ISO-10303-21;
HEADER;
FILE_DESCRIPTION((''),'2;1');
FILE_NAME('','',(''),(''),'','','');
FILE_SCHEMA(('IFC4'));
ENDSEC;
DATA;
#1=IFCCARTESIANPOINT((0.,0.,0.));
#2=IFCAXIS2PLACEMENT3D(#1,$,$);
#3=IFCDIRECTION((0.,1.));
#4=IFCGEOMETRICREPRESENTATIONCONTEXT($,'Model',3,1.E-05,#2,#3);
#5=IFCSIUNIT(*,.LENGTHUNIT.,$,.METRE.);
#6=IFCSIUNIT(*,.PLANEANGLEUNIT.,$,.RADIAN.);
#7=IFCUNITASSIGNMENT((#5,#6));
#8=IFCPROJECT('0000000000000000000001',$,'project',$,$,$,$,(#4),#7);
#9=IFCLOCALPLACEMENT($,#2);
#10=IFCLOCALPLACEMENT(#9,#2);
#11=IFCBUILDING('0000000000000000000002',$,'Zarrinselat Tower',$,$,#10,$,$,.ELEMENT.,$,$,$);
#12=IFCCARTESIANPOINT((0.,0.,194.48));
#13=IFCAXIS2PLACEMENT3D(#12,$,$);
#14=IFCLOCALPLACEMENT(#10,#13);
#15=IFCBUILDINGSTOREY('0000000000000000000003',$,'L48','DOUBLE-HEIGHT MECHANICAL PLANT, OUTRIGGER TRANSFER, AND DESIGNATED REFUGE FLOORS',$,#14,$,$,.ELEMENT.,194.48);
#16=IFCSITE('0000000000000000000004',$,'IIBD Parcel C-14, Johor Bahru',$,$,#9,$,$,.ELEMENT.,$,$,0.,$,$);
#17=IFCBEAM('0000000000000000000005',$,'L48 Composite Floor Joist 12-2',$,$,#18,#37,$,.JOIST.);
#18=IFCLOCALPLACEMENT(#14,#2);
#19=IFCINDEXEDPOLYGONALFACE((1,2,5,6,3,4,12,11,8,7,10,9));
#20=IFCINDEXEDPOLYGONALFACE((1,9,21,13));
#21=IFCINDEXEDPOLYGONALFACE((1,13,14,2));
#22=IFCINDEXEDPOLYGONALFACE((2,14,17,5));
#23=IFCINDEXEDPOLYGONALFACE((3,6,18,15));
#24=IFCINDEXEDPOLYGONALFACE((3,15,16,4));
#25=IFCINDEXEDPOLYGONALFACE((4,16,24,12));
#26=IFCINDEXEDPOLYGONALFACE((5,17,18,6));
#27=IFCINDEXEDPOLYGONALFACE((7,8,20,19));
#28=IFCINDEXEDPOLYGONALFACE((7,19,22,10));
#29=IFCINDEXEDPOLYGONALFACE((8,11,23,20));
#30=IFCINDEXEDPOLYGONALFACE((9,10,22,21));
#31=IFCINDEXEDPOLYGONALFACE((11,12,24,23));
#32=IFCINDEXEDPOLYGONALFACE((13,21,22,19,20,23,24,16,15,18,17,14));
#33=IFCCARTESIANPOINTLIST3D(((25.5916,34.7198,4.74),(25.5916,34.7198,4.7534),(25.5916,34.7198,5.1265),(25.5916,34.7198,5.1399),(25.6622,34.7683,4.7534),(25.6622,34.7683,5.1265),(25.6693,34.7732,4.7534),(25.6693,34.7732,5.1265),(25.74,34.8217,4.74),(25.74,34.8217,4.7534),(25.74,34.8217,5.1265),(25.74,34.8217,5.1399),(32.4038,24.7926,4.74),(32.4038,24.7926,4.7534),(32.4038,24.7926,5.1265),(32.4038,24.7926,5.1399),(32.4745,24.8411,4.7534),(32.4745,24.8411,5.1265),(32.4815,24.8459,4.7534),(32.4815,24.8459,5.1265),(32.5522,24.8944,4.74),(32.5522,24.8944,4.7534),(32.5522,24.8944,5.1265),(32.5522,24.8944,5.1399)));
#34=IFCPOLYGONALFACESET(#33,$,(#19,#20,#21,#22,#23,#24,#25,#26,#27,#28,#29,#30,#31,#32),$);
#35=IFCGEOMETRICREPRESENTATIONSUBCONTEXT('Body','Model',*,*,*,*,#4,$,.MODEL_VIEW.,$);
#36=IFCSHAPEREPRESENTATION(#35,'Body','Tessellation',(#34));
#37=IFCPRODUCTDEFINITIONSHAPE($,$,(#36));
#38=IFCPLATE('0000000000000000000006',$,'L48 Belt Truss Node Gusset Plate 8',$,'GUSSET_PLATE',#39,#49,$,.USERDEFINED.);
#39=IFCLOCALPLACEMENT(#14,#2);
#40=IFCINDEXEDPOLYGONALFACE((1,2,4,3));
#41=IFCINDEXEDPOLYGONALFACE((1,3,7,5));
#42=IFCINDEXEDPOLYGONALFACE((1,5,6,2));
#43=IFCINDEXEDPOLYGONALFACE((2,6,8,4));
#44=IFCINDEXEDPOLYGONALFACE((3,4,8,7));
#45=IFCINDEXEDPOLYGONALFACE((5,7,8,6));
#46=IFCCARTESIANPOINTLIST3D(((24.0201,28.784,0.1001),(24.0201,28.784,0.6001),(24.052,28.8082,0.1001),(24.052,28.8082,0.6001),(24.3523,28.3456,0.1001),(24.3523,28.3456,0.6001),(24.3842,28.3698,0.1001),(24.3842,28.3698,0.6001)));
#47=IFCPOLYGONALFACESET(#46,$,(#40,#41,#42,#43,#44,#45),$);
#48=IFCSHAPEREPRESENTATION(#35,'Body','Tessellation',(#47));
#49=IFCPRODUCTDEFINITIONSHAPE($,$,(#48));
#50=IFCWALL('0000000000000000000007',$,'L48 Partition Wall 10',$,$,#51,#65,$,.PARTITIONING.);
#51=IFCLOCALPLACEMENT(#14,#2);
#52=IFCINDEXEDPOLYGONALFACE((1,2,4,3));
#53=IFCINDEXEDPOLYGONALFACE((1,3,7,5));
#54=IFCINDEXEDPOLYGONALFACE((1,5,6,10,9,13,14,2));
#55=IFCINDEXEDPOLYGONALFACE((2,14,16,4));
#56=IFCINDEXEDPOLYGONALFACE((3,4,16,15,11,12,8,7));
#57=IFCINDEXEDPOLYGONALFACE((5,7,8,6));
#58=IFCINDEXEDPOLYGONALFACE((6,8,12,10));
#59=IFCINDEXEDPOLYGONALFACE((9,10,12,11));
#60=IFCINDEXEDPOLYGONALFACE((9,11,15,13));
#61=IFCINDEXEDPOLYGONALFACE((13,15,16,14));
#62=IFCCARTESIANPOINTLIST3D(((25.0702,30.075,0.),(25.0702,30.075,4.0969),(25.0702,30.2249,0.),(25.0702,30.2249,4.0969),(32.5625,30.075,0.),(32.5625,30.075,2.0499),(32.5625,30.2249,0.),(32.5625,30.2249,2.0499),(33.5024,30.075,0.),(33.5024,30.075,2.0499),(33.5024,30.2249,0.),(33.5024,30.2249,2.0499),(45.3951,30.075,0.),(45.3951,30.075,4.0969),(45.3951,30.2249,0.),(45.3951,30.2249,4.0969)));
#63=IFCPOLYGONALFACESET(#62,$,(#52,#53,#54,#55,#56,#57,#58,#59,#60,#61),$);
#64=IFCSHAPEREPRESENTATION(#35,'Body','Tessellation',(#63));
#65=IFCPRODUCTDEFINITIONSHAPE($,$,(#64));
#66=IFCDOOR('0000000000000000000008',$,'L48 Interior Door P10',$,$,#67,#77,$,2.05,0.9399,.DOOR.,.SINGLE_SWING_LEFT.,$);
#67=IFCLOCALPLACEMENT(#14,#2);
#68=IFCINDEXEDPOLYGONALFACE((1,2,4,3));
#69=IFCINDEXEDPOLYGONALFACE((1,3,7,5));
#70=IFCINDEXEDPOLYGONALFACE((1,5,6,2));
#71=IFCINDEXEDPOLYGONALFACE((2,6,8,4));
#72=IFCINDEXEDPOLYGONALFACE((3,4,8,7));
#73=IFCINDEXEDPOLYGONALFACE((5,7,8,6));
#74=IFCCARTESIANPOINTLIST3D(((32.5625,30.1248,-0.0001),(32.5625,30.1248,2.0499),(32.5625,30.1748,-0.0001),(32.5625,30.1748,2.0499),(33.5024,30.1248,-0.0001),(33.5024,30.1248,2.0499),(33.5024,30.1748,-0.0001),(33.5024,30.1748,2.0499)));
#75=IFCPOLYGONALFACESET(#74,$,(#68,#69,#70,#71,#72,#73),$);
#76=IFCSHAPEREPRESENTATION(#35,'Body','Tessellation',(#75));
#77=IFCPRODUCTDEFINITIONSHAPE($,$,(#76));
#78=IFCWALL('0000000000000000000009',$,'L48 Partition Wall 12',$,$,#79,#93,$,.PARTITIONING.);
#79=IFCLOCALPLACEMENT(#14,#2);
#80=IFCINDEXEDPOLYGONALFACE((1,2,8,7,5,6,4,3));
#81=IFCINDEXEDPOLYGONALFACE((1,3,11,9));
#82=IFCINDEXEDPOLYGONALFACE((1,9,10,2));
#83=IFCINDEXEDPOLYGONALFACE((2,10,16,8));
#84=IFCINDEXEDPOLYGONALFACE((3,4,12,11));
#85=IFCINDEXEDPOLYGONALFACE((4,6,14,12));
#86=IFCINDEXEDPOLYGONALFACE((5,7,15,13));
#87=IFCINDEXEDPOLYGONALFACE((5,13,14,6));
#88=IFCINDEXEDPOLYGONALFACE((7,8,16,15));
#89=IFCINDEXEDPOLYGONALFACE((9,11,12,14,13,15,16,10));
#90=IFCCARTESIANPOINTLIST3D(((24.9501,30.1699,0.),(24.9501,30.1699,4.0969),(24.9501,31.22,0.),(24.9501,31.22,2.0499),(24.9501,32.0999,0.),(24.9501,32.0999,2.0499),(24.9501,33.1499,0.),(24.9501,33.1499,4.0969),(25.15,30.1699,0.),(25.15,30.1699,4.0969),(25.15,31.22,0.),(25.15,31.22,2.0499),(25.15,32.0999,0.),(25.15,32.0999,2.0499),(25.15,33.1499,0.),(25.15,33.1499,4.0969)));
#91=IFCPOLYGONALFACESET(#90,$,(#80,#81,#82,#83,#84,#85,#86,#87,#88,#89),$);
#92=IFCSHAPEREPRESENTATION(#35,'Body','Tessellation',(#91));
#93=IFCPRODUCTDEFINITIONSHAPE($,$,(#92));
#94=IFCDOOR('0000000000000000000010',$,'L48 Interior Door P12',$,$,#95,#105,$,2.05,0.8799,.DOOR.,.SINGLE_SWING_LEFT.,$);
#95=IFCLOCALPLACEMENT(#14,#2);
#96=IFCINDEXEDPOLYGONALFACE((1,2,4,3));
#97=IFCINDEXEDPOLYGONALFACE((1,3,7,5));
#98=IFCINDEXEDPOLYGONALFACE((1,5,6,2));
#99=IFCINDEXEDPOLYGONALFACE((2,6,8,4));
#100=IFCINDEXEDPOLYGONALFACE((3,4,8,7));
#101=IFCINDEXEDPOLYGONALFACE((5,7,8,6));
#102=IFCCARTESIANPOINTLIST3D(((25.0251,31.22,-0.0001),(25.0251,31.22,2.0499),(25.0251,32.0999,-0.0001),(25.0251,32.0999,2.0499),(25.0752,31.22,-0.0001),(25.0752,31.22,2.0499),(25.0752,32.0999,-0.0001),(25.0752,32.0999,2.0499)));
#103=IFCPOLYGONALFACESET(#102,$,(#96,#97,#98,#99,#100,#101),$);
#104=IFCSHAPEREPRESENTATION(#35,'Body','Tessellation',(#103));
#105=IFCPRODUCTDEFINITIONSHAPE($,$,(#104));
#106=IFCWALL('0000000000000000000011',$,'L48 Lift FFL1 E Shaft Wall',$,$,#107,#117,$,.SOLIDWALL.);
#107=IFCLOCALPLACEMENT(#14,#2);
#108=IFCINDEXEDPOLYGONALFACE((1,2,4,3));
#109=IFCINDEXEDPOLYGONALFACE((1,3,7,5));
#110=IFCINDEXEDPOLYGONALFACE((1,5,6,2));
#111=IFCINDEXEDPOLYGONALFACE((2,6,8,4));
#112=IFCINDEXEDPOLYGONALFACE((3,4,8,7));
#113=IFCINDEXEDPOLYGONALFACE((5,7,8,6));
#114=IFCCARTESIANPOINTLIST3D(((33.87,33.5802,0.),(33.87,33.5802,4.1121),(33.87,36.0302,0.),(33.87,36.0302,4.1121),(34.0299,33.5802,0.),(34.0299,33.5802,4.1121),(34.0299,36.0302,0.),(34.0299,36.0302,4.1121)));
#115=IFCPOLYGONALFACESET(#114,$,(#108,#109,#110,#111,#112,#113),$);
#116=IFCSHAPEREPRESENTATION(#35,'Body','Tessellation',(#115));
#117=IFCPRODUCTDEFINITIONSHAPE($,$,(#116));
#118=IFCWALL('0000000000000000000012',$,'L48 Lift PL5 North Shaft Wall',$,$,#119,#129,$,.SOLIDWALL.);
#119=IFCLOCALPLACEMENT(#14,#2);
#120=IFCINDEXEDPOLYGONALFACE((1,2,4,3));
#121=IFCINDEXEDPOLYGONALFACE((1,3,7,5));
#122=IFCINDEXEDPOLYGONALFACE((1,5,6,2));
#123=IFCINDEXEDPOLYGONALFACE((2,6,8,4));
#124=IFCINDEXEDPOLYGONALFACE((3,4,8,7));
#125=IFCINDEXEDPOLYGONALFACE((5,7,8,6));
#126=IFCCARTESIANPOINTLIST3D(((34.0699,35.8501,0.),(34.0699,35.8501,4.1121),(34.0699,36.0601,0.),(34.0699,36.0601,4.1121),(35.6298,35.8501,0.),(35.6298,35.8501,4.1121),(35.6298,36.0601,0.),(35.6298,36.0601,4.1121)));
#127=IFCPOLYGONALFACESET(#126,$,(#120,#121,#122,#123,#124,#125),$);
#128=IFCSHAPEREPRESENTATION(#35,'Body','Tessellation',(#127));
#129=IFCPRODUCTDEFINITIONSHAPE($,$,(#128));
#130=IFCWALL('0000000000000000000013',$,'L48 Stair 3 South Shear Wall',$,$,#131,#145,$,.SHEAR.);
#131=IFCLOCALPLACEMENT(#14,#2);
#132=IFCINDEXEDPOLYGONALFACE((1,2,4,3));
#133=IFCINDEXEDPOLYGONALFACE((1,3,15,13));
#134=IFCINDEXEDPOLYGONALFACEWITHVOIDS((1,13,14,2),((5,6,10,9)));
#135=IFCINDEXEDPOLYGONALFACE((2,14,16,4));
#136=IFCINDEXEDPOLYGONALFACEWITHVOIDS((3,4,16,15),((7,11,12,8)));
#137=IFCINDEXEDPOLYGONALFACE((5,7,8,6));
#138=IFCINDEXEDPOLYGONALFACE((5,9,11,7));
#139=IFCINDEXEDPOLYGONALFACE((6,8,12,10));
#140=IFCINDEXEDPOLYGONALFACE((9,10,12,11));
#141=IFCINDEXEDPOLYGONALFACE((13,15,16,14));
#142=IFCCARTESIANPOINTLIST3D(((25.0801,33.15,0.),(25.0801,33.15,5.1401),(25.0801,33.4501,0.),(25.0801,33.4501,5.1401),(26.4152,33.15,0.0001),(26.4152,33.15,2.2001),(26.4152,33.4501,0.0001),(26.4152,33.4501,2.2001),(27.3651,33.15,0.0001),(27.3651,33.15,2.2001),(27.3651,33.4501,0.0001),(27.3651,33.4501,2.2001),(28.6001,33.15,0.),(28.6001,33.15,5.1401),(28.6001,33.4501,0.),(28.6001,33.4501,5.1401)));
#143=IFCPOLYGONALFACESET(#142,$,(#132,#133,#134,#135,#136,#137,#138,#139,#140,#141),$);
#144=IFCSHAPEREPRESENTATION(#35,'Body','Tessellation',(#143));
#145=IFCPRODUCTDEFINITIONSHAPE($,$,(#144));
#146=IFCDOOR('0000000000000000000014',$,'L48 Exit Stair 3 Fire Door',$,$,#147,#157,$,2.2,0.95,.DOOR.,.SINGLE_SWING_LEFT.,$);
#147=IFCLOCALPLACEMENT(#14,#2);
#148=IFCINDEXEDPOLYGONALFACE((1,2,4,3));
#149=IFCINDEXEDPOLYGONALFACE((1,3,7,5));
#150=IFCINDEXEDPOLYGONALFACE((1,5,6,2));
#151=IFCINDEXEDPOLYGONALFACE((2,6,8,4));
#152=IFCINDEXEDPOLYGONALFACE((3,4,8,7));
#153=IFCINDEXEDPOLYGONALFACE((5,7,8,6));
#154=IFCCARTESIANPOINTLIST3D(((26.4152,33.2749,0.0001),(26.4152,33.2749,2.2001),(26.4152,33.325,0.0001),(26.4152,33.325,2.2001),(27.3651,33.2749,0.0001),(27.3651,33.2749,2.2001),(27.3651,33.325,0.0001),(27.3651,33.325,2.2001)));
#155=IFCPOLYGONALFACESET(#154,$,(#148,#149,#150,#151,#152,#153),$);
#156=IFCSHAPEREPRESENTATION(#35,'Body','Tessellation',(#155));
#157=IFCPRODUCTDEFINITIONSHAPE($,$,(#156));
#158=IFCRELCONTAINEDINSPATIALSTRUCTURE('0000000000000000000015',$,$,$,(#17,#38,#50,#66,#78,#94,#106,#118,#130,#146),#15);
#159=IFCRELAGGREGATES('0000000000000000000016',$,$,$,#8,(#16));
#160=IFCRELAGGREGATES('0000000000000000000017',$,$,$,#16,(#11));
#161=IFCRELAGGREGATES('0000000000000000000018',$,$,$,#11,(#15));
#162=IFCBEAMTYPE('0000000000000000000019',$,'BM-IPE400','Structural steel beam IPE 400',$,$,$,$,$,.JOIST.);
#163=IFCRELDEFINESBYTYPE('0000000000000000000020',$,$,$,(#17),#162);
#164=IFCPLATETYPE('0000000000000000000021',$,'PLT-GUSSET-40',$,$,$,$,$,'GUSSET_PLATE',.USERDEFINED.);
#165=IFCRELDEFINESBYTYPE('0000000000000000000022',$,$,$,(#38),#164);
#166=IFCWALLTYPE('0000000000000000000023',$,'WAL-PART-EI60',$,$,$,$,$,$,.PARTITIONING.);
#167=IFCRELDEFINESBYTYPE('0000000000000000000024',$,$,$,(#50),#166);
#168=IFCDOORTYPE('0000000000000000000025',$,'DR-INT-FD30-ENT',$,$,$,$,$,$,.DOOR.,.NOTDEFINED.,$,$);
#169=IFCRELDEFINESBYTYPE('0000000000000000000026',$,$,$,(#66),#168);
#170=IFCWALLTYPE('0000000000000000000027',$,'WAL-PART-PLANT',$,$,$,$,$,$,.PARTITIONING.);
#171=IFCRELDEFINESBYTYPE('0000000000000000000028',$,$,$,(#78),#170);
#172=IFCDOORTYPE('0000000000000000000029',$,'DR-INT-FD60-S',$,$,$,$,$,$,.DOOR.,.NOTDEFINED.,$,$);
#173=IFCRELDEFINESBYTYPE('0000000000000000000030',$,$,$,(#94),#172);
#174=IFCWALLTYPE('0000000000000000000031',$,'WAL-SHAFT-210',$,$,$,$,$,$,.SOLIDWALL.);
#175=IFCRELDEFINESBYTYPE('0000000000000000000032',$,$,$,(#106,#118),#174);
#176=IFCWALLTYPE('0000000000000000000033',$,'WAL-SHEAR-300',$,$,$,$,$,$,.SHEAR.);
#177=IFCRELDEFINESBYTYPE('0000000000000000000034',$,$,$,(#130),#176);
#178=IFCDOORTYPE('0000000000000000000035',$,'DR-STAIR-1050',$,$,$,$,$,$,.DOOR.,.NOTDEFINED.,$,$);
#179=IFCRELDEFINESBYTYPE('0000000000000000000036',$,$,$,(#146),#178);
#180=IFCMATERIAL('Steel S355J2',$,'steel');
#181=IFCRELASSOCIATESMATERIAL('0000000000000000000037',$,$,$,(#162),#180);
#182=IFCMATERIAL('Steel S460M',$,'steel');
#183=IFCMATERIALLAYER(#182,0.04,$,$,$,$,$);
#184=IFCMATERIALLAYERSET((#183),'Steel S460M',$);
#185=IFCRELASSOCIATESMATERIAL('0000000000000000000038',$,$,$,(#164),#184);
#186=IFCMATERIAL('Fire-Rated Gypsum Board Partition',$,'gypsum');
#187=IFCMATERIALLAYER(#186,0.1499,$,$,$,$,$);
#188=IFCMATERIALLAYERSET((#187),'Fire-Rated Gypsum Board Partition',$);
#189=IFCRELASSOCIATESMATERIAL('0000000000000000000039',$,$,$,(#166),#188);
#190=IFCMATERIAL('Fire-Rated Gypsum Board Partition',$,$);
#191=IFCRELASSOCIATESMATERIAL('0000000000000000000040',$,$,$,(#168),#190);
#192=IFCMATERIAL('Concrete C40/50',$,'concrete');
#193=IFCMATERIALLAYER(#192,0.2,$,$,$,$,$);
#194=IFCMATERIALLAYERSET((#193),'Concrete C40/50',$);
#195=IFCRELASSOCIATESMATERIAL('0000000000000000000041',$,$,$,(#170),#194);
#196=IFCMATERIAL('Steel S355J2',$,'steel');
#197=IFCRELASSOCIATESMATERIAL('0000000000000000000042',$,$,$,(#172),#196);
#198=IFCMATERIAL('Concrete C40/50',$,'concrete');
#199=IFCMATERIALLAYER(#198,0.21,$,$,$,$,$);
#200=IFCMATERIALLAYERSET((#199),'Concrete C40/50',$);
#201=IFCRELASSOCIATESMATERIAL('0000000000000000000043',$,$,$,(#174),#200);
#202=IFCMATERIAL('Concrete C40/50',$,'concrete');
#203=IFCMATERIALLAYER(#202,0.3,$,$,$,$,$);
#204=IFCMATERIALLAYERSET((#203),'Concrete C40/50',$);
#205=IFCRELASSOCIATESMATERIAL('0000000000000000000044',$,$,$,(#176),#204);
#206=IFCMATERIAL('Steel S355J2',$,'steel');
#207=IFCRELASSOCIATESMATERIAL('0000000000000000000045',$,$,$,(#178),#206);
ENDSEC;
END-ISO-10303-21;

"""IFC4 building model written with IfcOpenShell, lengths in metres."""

from ifc_helpers import new_model, si_unit, direction, frame, frame_2d, origin, origin_2d, place, context, subcontext, project, spatial, rectangle, i_section, extrude, material, layer, layer_set, material_profile, profile_set, type_object, element, fill, save


model = new_model("IFC4")

# Units and contexts
model_context = context("Model", 3, precision=1e-05, world=origin(), true_north=direction((0.0, 1.0)))
body_context = subcontext(model_context, "Body", "Model", "MODEL_VIEW")
ifc_project = project(units=[si_unit("LENGTHUNIT", "METRE"), si_unit("PLANEANGLEUNIT", "RADIAN")], contexts=[model_context])

# Site, building, storey
site_placement = place(None, origin())
site = spatial("IfcSite", under=ifc_project, at=site_placement, Name="IIBD Parcel C-14, Johor Bahru", CompositionType="ELEMENT", RefElevation=0.0)
building_placement = place(site_placement, origin())
building = spatial("IfcBuilding", under=site, at=building_placement, Name="Zarrinselat Tower", CompositionType="ELEMENT")
storey_placement = place(building_placement, frame((0.0, 0.0, 194.48)))
storey = spatial("IfcBuildingStorey", under=building, at=storey_placement, Name="L48", Description="DOUBLE-HEIGHT MECHANICAL PLANT, OUTRIGGER TRANSFER, AND DESIGNATED REFUGE FLOORS", CompositionType="ELEMENT", Elevation=194.48)

# Beam
ifc_material_1 = material(Name="Steel S355J2", Category="steel")
ifc_material_profile = material_profile(ifc_material_1, i_section(OverallWidth=0.1799, OverallDepth=0.3999, WebThickness=0.0085, FlangeThickness=0.0134, at=origin_2d()), Name="IPE 400")
ifc_profile_set = profile_set([ifc_material_profile], Name="Steel S355J2")
beam_type = type_object("IfcBeamType", Name="BM-IPE400", Description="Structural steel beam IPE 400", PredefinedType="JOIST", material=ifc_profile_set)
beam_placement = place(storey_placement, frame((25.6658, 34.7708, 4.9399), z_axis=(0.565811, -0.824535, 0.0), x_axis=(0.824535, 0.565811, 0.0)))
element("IfcBeam", 1, at=beam_placement, inside=storey, type_object=beam_type, Name="L48 Composite Floor Joist 12-2", PredefinedType="JOIST", context=body_context, shape_type="SweptSolid", body=[
    extrude(i_section(OverallWidth=0.1799, OverallDepth=0.3999, WebThickness=0.0085, FlangeThickness=0.0134, at=origin_2d()), origin(), (0.0, 0.0, 1.0), 12.0398),
])

# Plate
ifc_material_2 = material(Name="Steel S460M", Category="steel")
ifc_layer_1 = layer(ifc_material_2, 0.04)
ifc_layer_set_1 = layer_set([ifc_layer_1], Name="Steel S460M")
plate_type = type_object("IfcPlateType", Name="PLT-GUSSET-40", ElementType="GUSSET_PLATE", PredefinedType="USERDEFINED", material=ifc_layer_set_1)
plate_placement = place(storey_placement, frame((24.2021, 28.5769, 0.1001), z_axis=(0.0, 0.0, 1.0), x_axis=(0.603863, -0.797088, 0.0)))
element("IfcPlate", 2, at=plate_placement, inside=storey, type_object=plate_type, Name="L48 Belt Truss Node Gusset Plate 8", ObjectType="GUSSET_PLATE", PredefinedType="USERDEFINED", context=body_context, shape_type="SweptSolid", body=[
    extrude(rectangle(XDim=0.55, YDim=0.04, at=origin_2d()), origin(), (0.0, 0.0, 1.0), 0.5),
])

# Walls, openings, doors
ifc_material_3 = material(Name="Fire-Rated Gypsum Board Partition", Category="gypsum")
ifc_layer_2 = layer(ifc_material_3, 0.1499)
ifc_layer_set_2 = layer_set([ifc_layer_2], Name="Fire-Rated Gypsum Board Partition")
wall_type_1 = type_object("IfcWallType", Name="WAL-PART-EI60", PredefinedType="PARTITIONING", material=ifc_layer_set_2)
wall_1_placement = place(storey_placement, frame((25.0701, 30.1499, 0.0), z_axis=(0.0, 0.0, 1.0), x_axis=(1.0, 0.0, 0.0)))
wall_1 = element("IfcWall", 3, at=wall_1_placement, inside=storey, type_object=wall_type_1, Name="L48 Partition Wall 10", PredefinedType="PARTITIONING", context=body_context, shape_type="SweptSolid", body=[
    extrude(rectangle(XDim=20.325, YDim=0.1499, at=frame_2d((10.1626, 0.0))), origin(), (0.0, 0.0, 1.0), 4.0969),
])
opening_1_placement = place(wall_1_placement, frame((7.4924, 0.0, 0.0)))
opening_1 = element("IfcOpeningElement", 4, at=opening_1_placement, cuts=wall_1, PredefinedType="OPENING", context=body_context, shape_type="SweptSolid", body=[
    extrude(rectangle(XDim=0.9399, YDim=2.05, at=frame_2d((0.47, 1.0249))), frame((0.0, 0.085, 0.0), z_axis=(0.0, -1.0, 0.0), x_axis=(1.0, 0.0, 0.0)), (0.0, 0.0, 1.0), 0.1699),
])
ifc_material_4 = material(Name="Fire-Rated Gypsum Board Partition")
door_type_1 = type_object("IfcDoorType", Name="DR-INT-FD30-ENT", OperationType="NOTDEFINED", PredefinedType="DOOR", material=ifc_material_4)
door_1_placement = place(opening_1_placement, origin())
door_1 = element("IfcDoor", 5, at=door_1_placement, inside=storey, type_object=door_type_1, Name="L48 Interior Door P10", OperationType="SINGLE_SWING_LEFT", OverallHeight=2.05, OverallWidth=0.9399, PredefinedType="DOOR", context=body_context, shape_type="SweptSolid", body=[
    extrude(rectangle(XDim=0.9399, YDim=2.05, at=frame_2d((0.47, 1.0249))), frame((0.0, 0.0249, 0.0), z_axis=(0.0, -1.0, 0.0), x_axis=(1.0, 0.0, 0.0)), (0.0, 0.0, 1.0), 0.05),
])
fill(opening_1, door_1)
ifc_material_5 = material(Name="Concrete C40/50", Category="concrete")
ifc_layer_3 = layer(ifc_material_5, 0.2)
ifc_layer_set_3 = layer_set([ifc_layer_3], Name="Concrete C40/50")
wall_type_2 = type_object("IfcWallType", Name="WAL-PART-PLANT", PredefinedType="PARTITIONING", material=ifc_layer_set_3)
wall_2_placement = place(storey_placement, frame((25.05, 30.1699, 0.0), z_axis=(0.0, 0.0, 1.0), x_axis=(0.0, 1.0, 0.0)))
wall_2 = element("IfcWall", 6, at=wall_2_placement, inside=storey, type_object=wall_type_2, Name="L48 Partition Wall 12", PredefinedType="PARTITIONING", context=body_context, shape_type="SweptSolid", body=[
    extrude(rectangle(XDim=2.98, YDim=0.2, at=frame_2d((1.49, 0.0))), origin(), (0.0, 0.0, 1.0), 4.0969),
])
opening_2_placement = place(wall_2_placement, frame((1.05, 0.0, 0.0)))
opening_2 = element("IfcOpeningElement", 7, at=opening_2_placement, cuts=wall_2, PredefinedType="OPENING", context=body_context, shape_type="SweptSolid", body=[
    extrude(rectangle(XDim=0.8799, YDim=2.05, at=frame_2d((0.4399, 1.0249))), frame((0.0, 0.1099, 0.0), z_axis=(0.0, -1.0, 0.0), x_axis=(1.0, 0.0, 0.0)), (0.0, 0.0, 1.0), 0.22),
])
ifc_material_6 = material(Name="Steel S355J2", Category="steel")
door_type_2 = type_object("IfcDoorType", Name="DR-INT-FD60-S", OperationType="NOTDEFINED", PredefinedType="DOOR", material=ifc_material_6)
door_2_placement = place(opening_2_placement, origin())
door_2 = element("IfcDoor", 8, at=door_2_placement, inside=storey, type_object=door_type_2, Name="L48 Interior Door P12", OperationType="SINGLE_SWING_LEFT", OverallHeight=2.05, OverallWidth=0.8799, PredefinedType="DOOR", context=body_context, shape_type="SweptSolid", body=[
    extrude(rectangle(XDim=0.8799, YDim=2.05, at=frame_2d((0.4399, 1.0249))), frame((0.0, 0.0249, 0.0), z_axis=(0.0, -1.0, 0.0), x_axis=(1.0, 0.0, 0.0)), (0.0, 0.0, 1.0), 0.05),
])
fill(opening_2, door_2)

# Walls
ifc_material_7 = material(Name="Concrete C40/50", Category="concrete")
ifc_layer_4 = layer(ifc_material_7, 0.21)
ifc_layer_set_4 = layer_set([ifc_layer_4], Name="Concrete C40/50")
wall_type_3 = type_object("IfcWallType", Name="WAL-SHAFT-210", PredefinedType="SOLIDWALL", material=ifc_layer_set_4)
wall_3_placement = place(storey_placement, frame((33.95, 33.5801, 0.0), z_axis=(0.0, 0.0, 1.0), x_axis=(0.0, 1.0, 0.0)))
element("IfcWall", 9, at=wall_3_placement, inside=storey, type_object=wall_type_3, Name="L48 Lift FFL1 E Shaft Wall", PredefinedType="SOLIDWALL", context=body_context, shape_type="SweptSolid", body=[
    extrude(rectangle(XDim=2.45, YDim=0.1599, at=frame_2d((1.2251, 0.0))), origin(), (0.0, 0.0, 1.0), 4.1121),
])
wall_4_placement = place(storey_placement, frame((34.0701, 35.9551, 0.0), z_axis=(0.0, 0.0, 1.0), x_axis=(1.0, 0.0, 0.0)))
element("IfcWall", 10, at=wall_4_placement, inside=storey, type_object=wall_type_3, Name="L48 Lift PL5 North Shaft Wall", PredefinedType="SOLIDWALL", context=body_context, shape_type="SweptSolid", body=[
    extrude(rectangle(XDim=1.5598, YDim=0.21, at=frame_2d((0.7798, 0.0))), origin(), (0.0, 0.0, 1.0), 4.1121),
])

# Wall, opening, door
ifc_material_8 = material(Name="Concrete C40/50", Category="concrete")
ifc_layer_5 = layer(ifc_material_8, 0.3)
ifc_layer_set_5 = layer_set([ifc_layer_5], Name="Concrete C40/50")
wall_type_4 = type_object("IfcWallType", Name="WAL-SHEAR-300", PredefinedType="SHEAR", material=ifc_layer_set_5)
wall_5_placement = place(storey_placement, frame((25.0801, 33.3, 0.0), z_axis=(0.0, 0.0, 1.0), x_axis=(1.0, 0.0, 0.0)))
wall_5 = element("IfcWall", 11, at=wall_5_placement, inside=storey, type_object=wall_type_4, Name="L48 Stair 3 South Shear Wall", PredefinedType="SHEAR", context=body_context, shape_type="SweptSolid", body=[
    extrude(rectangle(XDim=3.52, YDim=0.3, at=frame_2d((1.76, 0.0))), origin(), (0.0, 0.0, 1.0), 5.1401),
])
opening_3_placement = place(wall_5_placement, frame((1.335, 0.0, 0.0)))
opening_3 = element("IfcOpeningElement", 12, at=opening_3_placement, cuts=wall_5, PredefinedType="OPENING", context=body_context, shape_type="SweptSolid", body=[
    extrude(rectangle(XDim=0.95, YDim=2.2, at=frame_2d((0.4751, 1.1001))), frame((0.0, 0.1599, 0.0), z_axis=(0.0, -1.0, 0.0), x_axis=(1.0, 0.0, 0.0)), (0.0, 0.0, 1.0), 0.3201),
])
ifc_material_9 = material(Name="Steel S355J2", Category="steel")
door_type_3 = type_object("IfcDoorType", Name="DR-STAIR-1050", OperationType="NOTDEFINED", PredefinedType="DOOR", material=ifc_material_9)
door_3_placement = place(opening_3_placement, origin())
door_3 = element("IfcDoor", 13, at=door_3_placement, inside=storey, type_object=door_type_3, Name="L48 Exit Stair 3 Fire Door", OperationType="SINGLE_SWING_LEFT", OverallHeight=2.2, OverallWidth=0.95, PredefinedType="DOOR", context=body_context, shape_type="SweptSolid", body=[
    extrude(rectangle(XDim=0.95, YDim=2.2, at=frame_2d((0.4751, 1.1001))), frame((0.0, 0.0249, 0.0), z_axis=(0.0, -1.0, 0.0), x_axis=(1.0, 0.0, 0.0)), (0.0, 0.0, 1.0), 0.05),
])
fill(opening_3, door_3)

save(model, "model.ifc")
